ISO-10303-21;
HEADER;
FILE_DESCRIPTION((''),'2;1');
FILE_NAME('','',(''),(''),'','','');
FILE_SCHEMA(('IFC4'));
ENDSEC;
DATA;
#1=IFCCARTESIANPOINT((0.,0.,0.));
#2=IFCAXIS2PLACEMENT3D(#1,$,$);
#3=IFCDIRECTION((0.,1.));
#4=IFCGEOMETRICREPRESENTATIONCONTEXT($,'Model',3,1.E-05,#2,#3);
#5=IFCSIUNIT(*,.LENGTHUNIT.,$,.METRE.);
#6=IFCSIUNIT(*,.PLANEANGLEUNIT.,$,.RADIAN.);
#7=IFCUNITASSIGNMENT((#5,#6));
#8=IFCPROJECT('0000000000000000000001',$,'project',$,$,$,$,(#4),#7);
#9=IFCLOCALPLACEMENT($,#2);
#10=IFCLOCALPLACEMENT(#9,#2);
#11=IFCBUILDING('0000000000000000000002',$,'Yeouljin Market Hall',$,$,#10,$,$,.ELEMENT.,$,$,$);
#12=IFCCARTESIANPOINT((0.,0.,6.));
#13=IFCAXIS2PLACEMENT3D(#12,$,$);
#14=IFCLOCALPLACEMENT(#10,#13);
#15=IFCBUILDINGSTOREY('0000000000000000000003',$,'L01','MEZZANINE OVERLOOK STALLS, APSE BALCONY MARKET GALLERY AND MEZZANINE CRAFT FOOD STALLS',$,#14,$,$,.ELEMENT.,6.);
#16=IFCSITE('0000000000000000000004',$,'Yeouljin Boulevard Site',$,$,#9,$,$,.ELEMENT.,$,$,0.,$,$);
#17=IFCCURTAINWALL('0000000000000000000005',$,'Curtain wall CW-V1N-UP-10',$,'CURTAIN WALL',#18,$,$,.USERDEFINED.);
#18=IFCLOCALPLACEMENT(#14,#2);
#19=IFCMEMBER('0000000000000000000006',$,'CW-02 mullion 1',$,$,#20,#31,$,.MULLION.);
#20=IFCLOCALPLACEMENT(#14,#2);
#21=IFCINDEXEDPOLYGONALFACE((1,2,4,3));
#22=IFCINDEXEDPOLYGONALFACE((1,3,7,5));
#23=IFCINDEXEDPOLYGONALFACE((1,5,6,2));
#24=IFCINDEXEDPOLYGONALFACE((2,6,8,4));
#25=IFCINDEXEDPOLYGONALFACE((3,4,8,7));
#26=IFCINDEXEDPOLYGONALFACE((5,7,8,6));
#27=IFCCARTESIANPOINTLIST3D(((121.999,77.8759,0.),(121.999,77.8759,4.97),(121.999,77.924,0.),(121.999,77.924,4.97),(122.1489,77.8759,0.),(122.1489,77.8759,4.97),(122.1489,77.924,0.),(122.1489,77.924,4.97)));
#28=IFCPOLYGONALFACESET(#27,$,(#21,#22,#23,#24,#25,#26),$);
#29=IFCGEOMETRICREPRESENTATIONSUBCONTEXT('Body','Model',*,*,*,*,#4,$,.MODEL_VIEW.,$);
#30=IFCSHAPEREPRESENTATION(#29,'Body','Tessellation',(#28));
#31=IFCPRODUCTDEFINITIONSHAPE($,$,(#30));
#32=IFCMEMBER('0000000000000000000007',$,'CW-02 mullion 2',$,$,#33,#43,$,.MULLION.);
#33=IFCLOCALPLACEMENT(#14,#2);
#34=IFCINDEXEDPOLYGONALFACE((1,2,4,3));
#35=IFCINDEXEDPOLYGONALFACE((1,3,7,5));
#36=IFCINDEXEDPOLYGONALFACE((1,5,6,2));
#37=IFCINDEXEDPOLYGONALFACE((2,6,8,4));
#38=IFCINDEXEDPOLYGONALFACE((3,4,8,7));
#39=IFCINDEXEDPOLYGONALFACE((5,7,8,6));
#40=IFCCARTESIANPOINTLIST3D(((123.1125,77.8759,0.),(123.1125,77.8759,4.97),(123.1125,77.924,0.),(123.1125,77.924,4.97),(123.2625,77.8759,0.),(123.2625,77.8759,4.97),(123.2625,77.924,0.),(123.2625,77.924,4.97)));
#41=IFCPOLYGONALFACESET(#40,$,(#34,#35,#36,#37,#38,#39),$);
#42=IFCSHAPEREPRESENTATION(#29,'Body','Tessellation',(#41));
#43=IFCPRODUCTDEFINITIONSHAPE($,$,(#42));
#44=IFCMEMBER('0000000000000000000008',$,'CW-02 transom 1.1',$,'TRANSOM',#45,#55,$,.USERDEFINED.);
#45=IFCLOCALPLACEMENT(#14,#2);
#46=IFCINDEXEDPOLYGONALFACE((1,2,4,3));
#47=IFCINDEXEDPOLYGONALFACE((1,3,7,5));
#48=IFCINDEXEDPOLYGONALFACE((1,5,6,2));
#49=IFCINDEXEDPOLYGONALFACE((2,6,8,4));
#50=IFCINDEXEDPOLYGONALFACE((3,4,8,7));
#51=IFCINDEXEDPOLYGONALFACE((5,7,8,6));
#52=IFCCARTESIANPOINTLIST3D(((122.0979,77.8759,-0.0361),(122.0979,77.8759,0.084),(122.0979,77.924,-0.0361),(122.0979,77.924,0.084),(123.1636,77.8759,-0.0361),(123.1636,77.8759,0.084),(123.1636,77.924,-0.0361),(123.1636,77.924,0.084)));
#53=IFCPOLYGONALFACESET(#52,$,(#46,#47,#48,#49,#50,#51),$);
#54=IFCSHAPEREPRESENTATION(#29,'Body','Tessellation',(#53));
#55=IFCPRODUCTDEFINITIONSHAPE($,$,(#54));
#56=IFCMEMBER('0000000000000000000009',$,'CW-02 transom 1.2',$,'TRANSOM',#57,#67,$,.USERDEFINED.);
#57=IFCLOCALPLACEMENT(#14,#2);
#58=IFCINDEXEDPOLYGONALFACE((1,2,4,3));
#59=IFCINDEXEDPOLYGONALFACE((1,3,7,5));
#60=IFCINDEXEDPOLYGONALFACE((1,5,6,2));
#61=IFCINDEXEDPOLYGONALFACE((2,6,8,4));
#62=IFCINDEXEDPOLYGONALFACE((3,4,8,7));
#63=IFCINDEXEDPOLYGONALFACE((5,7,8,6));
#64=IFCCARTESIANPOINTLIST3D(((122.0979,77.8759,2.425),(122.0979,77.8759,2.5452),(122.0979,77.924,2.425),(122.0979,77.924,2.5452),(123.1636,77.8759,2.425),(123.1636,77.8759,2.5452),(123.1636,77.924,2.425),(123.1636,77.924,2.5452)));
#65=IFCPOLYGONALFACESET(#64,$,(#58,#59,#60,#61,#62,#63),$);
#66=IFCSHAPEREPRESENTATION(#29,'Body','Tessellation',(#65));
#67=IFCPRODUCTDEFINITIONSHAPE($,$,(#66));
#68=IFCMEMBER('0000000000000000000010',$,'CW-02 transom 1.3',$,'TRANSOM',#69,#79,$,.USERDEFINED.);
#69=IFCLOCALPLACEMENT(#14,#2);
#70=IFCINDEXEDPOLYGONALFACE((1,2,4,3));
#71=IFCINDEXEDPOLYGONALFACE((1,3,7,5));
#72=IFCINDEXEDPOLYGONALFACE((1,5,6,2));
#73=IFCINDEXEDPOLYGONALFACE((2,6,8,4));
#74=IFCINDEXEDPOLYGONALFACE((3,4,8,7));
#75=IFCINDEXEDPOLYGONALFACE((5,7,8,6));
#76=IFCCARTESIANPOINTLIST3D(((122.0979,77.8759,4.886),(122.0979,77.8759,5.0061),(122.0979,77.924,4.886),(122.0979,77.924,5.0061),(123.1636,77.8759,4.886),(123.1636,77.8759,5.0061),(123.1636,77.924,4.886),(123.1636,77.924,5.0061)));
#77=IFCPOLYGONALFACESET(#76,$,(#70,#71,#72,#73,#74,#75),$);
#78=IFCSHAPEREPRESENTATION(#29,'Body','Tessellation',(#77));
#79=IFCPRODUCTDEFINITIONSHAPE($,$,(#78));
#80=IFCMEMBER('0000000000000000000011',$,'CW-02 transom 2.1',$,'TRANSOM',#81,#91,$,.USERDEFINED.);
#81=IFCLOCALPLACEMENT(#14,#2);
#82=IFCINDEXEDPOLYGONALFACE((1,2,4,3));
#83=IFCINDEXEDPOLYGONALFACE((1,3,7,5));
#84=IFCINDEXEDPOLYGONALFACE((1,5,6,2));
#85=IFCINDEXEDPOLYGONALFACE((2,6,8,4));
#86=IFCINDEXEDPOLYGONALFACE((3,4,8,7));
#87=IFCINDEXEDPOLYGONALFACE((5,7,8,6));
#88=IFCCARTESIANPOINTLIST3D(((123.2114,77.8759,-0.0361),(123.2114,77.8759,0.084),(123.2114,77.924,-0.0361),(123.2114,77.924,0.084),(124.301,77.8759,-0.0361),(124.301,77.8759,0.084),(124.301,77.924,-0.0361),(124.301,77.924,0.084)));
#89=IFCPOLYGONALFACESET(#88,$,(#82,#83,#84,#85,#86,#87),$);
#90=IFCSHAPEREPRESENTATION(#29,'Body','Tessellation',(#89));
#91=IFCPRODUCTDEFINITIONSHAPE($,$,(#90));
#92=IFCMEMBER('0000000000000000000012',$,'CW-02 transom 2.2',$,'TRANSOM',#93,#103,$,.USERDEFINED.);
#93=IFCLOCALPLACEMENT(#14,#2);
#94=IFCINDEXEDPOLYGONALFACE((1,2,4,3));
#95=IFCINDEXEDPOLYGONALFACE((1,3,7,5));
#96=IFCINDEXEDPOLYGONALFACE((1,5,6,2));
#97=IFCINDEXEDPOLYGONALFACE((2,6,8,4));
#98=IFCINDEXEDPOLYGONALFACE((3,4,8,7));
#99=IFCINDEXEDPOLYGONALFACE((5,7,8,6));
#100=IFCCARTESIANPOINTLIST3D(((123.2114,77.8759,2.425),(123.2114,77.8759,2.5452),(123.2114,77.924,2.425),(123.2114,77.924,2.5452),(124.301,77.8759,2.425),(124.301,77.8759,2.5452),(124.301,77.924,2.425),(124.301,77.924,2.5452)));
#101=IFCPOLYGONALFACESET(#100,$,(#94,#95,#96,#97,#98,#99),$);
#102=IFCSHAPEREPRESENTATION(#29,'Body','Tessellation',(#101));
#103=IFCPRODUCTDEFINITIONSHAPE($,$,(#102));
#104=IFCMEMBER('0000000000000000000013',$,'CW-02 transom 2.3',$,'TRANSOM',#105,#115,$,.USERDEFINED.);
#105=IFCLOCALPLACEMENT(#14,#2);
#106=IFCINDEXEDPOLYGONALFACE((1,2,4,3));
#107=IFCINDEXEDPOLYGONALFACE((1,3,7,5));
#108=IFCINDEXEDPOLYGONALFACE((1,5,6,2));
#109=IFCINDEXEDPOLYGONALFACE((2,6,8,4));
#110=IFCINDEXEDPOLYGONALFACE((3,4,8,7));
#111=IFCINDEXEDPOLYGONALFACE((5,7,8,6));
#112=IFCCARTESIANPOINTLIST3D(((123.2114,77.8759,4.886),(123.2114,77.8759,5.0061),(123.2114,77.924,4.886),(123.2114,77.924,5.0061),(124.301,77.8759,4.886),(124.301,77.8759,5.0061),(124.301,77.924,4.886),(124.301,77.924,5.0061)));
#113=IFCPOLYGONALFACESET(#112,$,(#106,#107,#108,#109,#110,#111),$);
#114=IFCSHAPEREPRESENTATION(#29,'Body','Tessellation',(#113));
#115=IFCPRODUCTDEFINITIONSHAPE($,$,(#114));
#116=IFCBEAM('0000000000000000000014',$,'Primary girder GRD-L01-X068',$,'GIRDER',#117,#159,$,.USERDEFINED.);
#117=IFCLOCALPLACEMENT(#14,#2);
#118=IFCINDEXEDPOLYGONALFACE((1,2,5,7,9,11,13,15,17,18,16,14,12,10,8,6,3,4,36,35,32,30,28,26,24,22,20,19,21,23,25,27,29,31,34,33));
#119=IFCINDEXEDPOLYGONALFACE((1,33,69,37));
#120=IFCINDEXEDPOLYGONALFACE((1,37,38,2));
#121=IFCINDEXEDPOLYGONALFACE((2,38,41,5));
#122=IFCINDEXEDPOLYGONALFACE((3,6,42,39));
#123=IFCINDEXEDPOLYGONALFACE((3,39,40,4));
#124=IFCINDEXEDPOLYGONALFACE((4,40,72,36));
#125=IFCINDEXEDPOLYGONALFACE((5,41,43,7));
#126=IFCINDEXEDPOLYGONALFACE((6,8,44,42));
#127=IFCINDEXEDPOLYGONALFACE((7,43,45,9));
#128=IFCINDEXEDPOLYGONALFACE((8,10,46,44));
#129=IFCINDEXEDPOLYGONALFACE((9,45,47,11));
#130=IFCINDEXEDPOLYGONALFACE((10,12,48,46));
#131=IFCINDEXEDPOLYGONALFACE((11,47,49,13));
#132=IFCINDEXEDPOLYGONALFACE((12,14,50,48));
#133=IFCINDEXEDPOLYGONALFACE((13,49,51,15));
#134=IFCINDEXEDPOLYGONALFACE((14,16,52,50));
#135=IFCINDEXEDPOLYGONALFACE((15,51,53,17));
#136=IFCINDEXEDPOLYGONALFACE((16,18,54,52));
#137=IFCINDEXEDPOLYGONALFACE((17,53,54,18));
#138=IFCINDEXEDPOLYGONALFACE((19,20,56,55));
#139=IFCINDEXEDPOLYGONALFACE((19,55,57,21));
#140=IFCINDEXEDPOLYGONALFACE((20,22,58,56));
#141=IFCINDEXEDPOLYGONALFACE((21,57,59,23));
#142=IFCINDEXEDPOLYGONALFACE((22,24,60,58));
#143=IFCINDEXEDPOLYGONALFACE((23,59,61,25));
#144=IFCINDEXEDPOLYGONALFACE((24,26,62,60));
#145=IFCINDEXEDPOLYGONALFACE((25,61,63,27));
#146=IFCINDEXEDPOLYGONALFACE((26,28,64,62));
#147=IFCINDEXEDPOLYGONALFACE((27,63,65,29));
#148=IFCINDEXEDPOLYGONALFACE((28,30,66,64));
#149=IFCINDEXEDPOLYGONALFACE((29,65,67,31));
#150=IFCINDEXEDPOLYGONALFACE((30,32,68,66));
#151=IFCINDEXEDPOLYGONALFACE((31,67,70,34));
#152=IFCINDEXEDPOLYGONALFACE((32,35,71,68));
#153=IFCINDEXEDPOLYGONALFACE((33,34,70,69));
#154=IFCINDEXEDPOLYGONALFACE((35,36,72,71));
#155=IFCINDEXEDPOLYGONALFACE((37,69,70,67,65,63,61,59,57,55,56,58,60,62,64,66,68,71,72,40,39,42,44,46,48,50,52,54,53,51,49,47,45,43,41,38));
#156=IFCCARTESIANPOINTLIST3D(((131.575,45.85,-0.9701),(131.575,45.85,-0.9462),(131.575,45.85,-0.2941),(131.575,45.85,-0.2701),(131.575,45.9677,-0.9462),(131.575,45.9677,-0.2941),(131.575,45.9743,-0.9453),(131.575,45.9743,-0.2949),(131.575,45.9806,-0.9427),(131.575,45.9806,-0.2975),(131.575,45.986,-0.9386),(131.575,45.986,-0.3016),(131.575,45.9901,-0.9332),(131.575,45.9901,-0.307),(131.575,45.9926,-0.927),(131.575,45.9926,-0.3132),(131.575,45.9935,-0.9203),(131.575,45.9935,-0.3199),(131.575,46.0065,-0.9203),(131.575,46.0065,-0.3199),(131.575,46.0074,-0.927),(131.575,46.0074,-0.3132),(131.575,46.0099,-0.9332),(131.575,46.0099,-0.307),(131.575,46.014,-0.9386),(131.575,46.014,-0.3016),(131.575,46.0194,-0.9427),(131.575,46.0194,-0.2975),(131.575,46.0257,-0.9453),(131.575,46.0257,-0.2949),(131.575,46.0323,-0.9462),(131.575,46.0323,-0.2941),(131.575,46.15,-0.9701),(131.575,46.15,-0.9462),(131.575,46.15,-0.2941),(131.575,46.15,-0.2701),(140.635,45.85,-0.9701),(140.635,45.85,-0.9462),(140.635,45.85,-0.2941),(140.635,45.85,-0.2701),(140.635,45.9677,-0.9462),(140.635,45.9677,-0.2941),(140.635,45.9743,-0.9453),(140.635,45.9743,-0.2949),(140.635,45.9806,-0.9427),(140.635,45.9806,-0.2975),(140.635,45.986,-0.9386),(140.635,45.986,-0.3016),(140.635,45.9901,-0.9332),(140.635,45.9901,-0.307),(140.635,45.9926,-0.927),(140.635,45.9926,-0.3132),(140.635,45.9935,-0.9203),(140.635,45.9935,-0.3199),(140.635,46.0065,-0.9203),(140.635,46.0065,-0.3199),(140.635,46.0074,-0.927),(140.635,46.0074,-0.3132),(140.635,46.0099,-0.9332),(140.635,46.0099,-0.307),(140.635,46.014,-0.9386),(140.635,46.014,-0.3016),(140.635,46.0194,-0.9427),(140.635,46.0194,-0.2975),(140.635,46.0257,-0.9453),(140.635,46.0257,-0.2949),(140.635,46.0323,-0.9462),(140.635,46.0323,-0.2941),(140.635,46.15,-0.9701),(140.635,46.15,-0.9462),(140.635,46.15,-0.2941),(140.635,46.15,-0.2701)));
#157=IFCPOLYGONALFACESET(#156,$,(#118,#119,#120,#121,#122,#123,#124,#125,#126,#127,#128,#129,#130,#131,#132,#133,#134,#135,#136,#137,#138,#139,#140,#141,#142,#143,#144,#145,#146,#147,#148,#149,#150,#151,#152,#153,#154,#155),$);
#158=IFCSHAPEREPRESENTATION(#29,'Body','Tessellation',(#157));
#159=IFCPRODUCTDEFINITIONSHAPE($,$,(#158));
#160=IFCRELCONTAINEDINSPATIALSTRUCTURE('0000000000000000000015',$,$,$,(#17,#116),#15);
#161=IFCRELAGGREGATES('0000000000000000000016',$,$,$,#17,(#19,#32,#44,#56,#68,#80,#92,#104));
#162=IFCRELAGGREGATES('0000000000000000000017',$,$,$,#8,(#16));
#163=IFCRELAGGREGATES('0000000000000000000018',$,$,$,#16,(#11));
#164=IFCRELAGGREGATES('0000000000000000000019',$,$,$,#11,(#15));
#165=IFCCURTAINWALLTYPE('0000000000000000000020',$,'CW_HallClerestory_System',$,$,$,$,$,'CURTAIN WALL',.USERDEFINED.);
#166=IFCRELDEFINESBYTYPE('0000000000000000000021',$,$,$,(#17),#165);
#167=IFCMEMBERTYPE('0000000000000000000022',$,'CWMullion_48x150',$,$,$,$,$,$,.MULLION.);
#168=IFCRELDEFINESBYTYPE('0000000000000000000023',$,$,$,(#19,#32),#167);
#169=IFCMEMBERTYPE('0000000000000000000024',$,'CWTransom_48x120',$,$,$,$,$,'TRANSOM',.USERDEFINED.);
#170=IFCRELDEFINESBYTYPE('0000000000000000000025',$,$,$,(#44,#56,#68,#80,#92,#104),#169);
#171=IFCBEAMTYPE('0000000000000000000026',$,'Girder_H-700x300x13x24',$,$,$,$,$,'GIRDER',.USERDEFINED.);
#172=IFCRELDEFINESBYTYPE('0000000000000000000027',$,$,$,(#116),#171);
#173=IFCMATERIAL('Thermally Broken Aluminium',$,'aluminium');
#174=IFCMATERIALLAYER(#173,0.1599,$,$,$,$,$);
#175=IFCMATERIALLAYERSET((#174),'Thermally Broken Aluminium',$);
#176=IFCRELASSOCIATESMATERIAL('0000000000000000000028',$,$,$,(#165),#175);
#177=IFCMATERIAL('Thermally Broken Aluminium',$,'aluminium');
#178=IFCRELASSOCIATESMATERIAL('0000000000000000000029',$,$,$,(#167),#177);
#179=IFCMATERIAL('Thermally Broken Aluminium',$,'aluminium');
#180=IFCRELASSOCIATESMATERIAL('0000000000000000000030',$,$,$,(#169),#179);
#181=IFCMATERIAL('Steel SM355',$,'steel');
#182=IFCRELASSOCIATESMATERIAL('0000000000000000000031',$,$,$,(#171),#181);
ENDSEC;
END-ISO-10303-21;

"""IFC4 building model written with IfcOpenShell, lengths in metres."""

from ifc_helpers import new_model, si_unit, direction, frame, origin, origin_2d, place, context, subcontext, project, spatial, rectangle, i_section, extrude, material, layer, layer_set, material_profile, profile_set, type_object, element, aggregate, save


model = new_model("IFC4")

# Units and contexts
model_context = context("Model", 3, precision=1e-05, world=origin(), true_north=direction((0.0, 1.0)))
body_context = subcontext(model_context, "Body", "Model", "MODEL_VIEW")
ifc_project = project(units=[si_unit("LENGTHUNIT", "METRE"), si_unit("PLANEANGLEUNIT", "RADIAN")], contexts=[model_context])

# Site, building, storey
site_placement = place(None, origin())
site = spatial("IfcSite", under=ifc_project, at=site_placement, Name="Yeouljin Boulevard Site", CompositionType="ELEMENT", RefElevation=0.0)
building_placement = place(site_placement, origin())
building = spatial("IfcBuilding", under=site, at=building_placement, Name="Yeouljin Market Hall", CompositionType="ELEMENT")
storey_placement = place(building_placement, frame((0.0, 0.0, 6.0)))
storey = spatial("IfcBuildingStorey", under=building, at=storey_placement, Name="L01", Description="MEZZANINE OVERLOOK STALLS, APSE BALCONY MARKET GALLERY AND MEZZANINE CRAFT FOOD STALLS", CompositionType="ELEMENT", Elevation=6.0)

# Curtain wall, members
ifc_material_1 = material(Name="Thermally Broken Aluminium", Category="aluminium")
ifc_layer_1 = layer(ifc_material_1, 0.1599)
ifc_layer_set_1 = layer_set([ifc_layer_1], Name="Thermally Broken Aluminium")
curtain_wall_type = type_object("IfcCurtainWallType", Name="CW_HallClerestory_System", ElementType="CURTAIN WALL", PredefinedType="USERDEFINED", material=ifc_layer_set_1)
curtain_wall_placement = place(storey_placement, origin())
curtain_wall = element("IfcCurtainWall", 1, at=curtain_wall_placement, inside=storey, type_object=curtain_wall_type, Name="Curtain wall CW-V1N-UP-10", ObjectType="CURTAIN WALL", PredefinedType="USERDEFINED")
ifc_material_2 = material(Name="Thermally Broken Aluminium", Category="aluminium")
ifc_material_profile_1 = material_profile(ifc_material_2, rectangle(XDim=0.0481, YDim=0.1499, at=origin_2d()), Name="CW-MULL-48x150")
ifc_profile_set_1 = profile_set([ifc_material_profile_1], Name="Thermally Broken Aluminium")
member_type_1 = type_object("IfcMemberType", Name="CWMullion_48x150", PredefinedType="MULLION", material=ifc_profile_set_1)
member_1_placement = place(storey_placement, frame((122.074, 77.8999, 0.0), z_axis=(0.0, 0.0, 1.0), x_axis=(0.0, 1.0, 0.0)))
member_1 = element("IfcMember", 2, at=member_1_placement, type_object=member_type_1, Name="CW-02 mullion 1", PredefinedType="MULLION", context=body_context, shape_type="SweptSolid", body=[
    extrude(rectangle(XDim=0.0481, YDim=0.1499, at=origin_2d()), origin(), (0.0, 0.0, 1.0), 4.97),
])
member_2_placement = place(storey_placement, frame((123.1875, 77.8999, 0.0), z_axis=(0.0, 0.0, 1.0), x_axis=(0.0, 1.0, 0.0)))
member_2 = element("IfcMember", 3, at=member_2_placement, type_object=member_type_1, Name="CW-02 mullion 2", PredefinedType="MULLION", context=body_context, shape_type="SweptSolid", body=[
    extrude(rectangle(XDim=0.0481, YDim=0.1499, at=origin_2d()), origin(), (0.0, 0.0, 1.0), 4.97),
])
ifc_material_3 = material(Name="Thermally Broken Aluminium", Category="aluminium")
ifc_material_profile_2 = material_profile(ifc_material_3, rectangle(XDim=0.0481, YDim=0.1201, at=origin_2d()), Name="CW-TRAN-48x120")
ifc_profile_set_2 = profile_set([ifc_material_profile_2], Name="Thermally Broken Aluminium")
member_type_2 = type_object("IfcMemberType", Name="CWTransom_48x120", ElementType="TRANSOM", PredefinedType="USERDEFINED", material=ifc_profile_set_2)
member_3_placement = place(storey_placement, frame((122.0979, 77.8999, 0.0239), z_axis=(1.0, 0.0, 0.0), x_axis=(0.0, 1.0, 0.0)))
member_3 = element("IfcMember", 4, at=member_3_placement, type_object=member_type_2, Name="CW-02 transom 1.1", ObjectType="TRANSOM", PredefinedType="USERDEFINED", context=body_context, shape_type="SweptSolid", body=[
    extrude(rectangle(XDim=0.0481, YDim=0.1201, at=origin_2d()), origin(), (0.0, 0.0, 1.0), 1.0657),
])
member_4_placement = place(storey_placement, frame((122.0979, 77.8999, 2.4851), z_axis=(1.0, 0.0, 0.0), x_axis=(0.0, 1.0, 0.0)))
member_4 = element("IfcMember", 5, at=member_4_placement, type_object=member_type_2, Name="CW-02 transom 1.2", ObjectType="TRANSOM", PredefinedType="USERDEFINED", context=body_context, shape_type="SweptSolid", body=[
    extrude(rectangle(XDim=0.0481, YDim=0.1201, at=origin_2d()), origin(), (0.0, 0.0, 1.0), 1.0657),
])
member_5_placement = place(storey_placement, frame((122.0979, 77.8999, 4.946), z_axis=(1.0, 0.0, 0.0), x_axis=(0.0, 1.0, 0.0)))
member_5 = element("IfcMember", 6, at=member_5_placement, type_object=member_type_2, Name="CW-02 transom 1.3", ObjectType="TRANSOM", PredefinedType="USERDEFINED", context=body_context, shape_type="SweptSolid", body=[
    extrude(rectangle(XDim=0.0481, YDim=0.1201, at=origin_2d()), origin(), (0.0, 0.0, 1.0), 1.0657),
])
member_6_placement = place(storey_placement, frame((123.2114, 77.8999, 0.0239), z_axis=(1.0, 0.0, 0.0), x_axis=(0.0, 1.0, 0.0)))
member_6 = element("IfcMember", 7, at=member_6_placement, type_object=member_type_2, Name="CW-02 transom 2.1", ObjectType="TRANSOM", PredefinedType="USERDEFINED", context=body_context, shape_type="SweptSolid", body=[
    extrude(rectangle(XDim=0.0481, YDim=0.1201, at=origin_2d()), origin(), (0.0, 0.0, 1.0), 1.0896),
])
member_7_placement = place(storey_placement, frame((123.2114, 77.8999, 2.4851), z_axis=(1.0, 0.0, 0.0), x_axis=(0.0, 1.0, 0.0)))
member_7 = element("IfcMember", 8, at=member_7_placement, type_object=member_type_2, Name="CW-02 transom 2.2", ObjectType="TRANSOM", PredefinedType="USERDEFINED", context=body_context, shape_type="SweptSolid", body=[
    extrude(rectangle(XDim=0.0481, YDim=0.1201, at=origin_2d()), origin(), (0.0, 0.0, 1.0), 1.0896),
])
member_8_placement = place(storey_placement, frame((123.2114, 77.8999, 4.946), z_axis=(1.0, 0.0, 0.0), x_axis=(0.0, 1.0, 0.0)))
member_8 = element("IfcMember", 9, at=member_8_placement, type_object=member_type_2, Name="CW-02 transom 2.3", ObjectType="TRANSOM", PredefinedType="USERDEFINED", context=body_context, shape_type="SweptSolid", body=[
    extrude(rectangle(XDim=0.0481, YDim=0.1201, at=origin_2d()), origin(), (0.0, 0.0, 1.0), 1.0896),
])

# Beam
ifc_material_4 = material(Name="Steel SM355", Category="steel")
ifc_material_profile_3 = material_profile(ifc_material_4, i_section(OverallWidth=0.3, OverallDepth=0.7, WebThickness=0.0129, FlangeThickness=0.0239, FilletRadius=0.0259, at=origin_2d()), Name="H-700x300x13x24")
ifc_profile_set_3 = profile_set([ifc_material_profile_3], Name="Steel SM355")
beam_type_1 = type_object("IfcBeamType", Name="Girder_H-700x300x13x24", ElementType="GIRDER", PredefinedType="USERDEFINED", material=ifc_profile_set_3)
beam_1_placement = place(storey_placement, frame((131.575, 46.0, -0.6201), z_axis=(1.0, 0.0, 0.0), x_axis=(0.0, 1.0, 0.0)))
element("IfcBeam", 10, at=beam_1_placement, inside=storey, type_object=beam_type_1, Name="Primary girder GRD-L01-X068", ObjectType="GIRDER", PredefinedType="USERDEFINED", context=body_context, shape_type="SweptSolid", body=[
    extrude(i_section(OverallWidth=0.3, OverallDepth=0.7, WebThickness=0.0129, FlangeThickness=0.0239, FilletRadius=0.0259, at=origin_2d()), origin(), (0.0, 0.0, 1.0), 9.0601),
])

aggregate(curtain_wall, [member_1, member_2, member_3, member_4, member_5, member_6, member_7, member_8])

save(model, "model.ifc")
